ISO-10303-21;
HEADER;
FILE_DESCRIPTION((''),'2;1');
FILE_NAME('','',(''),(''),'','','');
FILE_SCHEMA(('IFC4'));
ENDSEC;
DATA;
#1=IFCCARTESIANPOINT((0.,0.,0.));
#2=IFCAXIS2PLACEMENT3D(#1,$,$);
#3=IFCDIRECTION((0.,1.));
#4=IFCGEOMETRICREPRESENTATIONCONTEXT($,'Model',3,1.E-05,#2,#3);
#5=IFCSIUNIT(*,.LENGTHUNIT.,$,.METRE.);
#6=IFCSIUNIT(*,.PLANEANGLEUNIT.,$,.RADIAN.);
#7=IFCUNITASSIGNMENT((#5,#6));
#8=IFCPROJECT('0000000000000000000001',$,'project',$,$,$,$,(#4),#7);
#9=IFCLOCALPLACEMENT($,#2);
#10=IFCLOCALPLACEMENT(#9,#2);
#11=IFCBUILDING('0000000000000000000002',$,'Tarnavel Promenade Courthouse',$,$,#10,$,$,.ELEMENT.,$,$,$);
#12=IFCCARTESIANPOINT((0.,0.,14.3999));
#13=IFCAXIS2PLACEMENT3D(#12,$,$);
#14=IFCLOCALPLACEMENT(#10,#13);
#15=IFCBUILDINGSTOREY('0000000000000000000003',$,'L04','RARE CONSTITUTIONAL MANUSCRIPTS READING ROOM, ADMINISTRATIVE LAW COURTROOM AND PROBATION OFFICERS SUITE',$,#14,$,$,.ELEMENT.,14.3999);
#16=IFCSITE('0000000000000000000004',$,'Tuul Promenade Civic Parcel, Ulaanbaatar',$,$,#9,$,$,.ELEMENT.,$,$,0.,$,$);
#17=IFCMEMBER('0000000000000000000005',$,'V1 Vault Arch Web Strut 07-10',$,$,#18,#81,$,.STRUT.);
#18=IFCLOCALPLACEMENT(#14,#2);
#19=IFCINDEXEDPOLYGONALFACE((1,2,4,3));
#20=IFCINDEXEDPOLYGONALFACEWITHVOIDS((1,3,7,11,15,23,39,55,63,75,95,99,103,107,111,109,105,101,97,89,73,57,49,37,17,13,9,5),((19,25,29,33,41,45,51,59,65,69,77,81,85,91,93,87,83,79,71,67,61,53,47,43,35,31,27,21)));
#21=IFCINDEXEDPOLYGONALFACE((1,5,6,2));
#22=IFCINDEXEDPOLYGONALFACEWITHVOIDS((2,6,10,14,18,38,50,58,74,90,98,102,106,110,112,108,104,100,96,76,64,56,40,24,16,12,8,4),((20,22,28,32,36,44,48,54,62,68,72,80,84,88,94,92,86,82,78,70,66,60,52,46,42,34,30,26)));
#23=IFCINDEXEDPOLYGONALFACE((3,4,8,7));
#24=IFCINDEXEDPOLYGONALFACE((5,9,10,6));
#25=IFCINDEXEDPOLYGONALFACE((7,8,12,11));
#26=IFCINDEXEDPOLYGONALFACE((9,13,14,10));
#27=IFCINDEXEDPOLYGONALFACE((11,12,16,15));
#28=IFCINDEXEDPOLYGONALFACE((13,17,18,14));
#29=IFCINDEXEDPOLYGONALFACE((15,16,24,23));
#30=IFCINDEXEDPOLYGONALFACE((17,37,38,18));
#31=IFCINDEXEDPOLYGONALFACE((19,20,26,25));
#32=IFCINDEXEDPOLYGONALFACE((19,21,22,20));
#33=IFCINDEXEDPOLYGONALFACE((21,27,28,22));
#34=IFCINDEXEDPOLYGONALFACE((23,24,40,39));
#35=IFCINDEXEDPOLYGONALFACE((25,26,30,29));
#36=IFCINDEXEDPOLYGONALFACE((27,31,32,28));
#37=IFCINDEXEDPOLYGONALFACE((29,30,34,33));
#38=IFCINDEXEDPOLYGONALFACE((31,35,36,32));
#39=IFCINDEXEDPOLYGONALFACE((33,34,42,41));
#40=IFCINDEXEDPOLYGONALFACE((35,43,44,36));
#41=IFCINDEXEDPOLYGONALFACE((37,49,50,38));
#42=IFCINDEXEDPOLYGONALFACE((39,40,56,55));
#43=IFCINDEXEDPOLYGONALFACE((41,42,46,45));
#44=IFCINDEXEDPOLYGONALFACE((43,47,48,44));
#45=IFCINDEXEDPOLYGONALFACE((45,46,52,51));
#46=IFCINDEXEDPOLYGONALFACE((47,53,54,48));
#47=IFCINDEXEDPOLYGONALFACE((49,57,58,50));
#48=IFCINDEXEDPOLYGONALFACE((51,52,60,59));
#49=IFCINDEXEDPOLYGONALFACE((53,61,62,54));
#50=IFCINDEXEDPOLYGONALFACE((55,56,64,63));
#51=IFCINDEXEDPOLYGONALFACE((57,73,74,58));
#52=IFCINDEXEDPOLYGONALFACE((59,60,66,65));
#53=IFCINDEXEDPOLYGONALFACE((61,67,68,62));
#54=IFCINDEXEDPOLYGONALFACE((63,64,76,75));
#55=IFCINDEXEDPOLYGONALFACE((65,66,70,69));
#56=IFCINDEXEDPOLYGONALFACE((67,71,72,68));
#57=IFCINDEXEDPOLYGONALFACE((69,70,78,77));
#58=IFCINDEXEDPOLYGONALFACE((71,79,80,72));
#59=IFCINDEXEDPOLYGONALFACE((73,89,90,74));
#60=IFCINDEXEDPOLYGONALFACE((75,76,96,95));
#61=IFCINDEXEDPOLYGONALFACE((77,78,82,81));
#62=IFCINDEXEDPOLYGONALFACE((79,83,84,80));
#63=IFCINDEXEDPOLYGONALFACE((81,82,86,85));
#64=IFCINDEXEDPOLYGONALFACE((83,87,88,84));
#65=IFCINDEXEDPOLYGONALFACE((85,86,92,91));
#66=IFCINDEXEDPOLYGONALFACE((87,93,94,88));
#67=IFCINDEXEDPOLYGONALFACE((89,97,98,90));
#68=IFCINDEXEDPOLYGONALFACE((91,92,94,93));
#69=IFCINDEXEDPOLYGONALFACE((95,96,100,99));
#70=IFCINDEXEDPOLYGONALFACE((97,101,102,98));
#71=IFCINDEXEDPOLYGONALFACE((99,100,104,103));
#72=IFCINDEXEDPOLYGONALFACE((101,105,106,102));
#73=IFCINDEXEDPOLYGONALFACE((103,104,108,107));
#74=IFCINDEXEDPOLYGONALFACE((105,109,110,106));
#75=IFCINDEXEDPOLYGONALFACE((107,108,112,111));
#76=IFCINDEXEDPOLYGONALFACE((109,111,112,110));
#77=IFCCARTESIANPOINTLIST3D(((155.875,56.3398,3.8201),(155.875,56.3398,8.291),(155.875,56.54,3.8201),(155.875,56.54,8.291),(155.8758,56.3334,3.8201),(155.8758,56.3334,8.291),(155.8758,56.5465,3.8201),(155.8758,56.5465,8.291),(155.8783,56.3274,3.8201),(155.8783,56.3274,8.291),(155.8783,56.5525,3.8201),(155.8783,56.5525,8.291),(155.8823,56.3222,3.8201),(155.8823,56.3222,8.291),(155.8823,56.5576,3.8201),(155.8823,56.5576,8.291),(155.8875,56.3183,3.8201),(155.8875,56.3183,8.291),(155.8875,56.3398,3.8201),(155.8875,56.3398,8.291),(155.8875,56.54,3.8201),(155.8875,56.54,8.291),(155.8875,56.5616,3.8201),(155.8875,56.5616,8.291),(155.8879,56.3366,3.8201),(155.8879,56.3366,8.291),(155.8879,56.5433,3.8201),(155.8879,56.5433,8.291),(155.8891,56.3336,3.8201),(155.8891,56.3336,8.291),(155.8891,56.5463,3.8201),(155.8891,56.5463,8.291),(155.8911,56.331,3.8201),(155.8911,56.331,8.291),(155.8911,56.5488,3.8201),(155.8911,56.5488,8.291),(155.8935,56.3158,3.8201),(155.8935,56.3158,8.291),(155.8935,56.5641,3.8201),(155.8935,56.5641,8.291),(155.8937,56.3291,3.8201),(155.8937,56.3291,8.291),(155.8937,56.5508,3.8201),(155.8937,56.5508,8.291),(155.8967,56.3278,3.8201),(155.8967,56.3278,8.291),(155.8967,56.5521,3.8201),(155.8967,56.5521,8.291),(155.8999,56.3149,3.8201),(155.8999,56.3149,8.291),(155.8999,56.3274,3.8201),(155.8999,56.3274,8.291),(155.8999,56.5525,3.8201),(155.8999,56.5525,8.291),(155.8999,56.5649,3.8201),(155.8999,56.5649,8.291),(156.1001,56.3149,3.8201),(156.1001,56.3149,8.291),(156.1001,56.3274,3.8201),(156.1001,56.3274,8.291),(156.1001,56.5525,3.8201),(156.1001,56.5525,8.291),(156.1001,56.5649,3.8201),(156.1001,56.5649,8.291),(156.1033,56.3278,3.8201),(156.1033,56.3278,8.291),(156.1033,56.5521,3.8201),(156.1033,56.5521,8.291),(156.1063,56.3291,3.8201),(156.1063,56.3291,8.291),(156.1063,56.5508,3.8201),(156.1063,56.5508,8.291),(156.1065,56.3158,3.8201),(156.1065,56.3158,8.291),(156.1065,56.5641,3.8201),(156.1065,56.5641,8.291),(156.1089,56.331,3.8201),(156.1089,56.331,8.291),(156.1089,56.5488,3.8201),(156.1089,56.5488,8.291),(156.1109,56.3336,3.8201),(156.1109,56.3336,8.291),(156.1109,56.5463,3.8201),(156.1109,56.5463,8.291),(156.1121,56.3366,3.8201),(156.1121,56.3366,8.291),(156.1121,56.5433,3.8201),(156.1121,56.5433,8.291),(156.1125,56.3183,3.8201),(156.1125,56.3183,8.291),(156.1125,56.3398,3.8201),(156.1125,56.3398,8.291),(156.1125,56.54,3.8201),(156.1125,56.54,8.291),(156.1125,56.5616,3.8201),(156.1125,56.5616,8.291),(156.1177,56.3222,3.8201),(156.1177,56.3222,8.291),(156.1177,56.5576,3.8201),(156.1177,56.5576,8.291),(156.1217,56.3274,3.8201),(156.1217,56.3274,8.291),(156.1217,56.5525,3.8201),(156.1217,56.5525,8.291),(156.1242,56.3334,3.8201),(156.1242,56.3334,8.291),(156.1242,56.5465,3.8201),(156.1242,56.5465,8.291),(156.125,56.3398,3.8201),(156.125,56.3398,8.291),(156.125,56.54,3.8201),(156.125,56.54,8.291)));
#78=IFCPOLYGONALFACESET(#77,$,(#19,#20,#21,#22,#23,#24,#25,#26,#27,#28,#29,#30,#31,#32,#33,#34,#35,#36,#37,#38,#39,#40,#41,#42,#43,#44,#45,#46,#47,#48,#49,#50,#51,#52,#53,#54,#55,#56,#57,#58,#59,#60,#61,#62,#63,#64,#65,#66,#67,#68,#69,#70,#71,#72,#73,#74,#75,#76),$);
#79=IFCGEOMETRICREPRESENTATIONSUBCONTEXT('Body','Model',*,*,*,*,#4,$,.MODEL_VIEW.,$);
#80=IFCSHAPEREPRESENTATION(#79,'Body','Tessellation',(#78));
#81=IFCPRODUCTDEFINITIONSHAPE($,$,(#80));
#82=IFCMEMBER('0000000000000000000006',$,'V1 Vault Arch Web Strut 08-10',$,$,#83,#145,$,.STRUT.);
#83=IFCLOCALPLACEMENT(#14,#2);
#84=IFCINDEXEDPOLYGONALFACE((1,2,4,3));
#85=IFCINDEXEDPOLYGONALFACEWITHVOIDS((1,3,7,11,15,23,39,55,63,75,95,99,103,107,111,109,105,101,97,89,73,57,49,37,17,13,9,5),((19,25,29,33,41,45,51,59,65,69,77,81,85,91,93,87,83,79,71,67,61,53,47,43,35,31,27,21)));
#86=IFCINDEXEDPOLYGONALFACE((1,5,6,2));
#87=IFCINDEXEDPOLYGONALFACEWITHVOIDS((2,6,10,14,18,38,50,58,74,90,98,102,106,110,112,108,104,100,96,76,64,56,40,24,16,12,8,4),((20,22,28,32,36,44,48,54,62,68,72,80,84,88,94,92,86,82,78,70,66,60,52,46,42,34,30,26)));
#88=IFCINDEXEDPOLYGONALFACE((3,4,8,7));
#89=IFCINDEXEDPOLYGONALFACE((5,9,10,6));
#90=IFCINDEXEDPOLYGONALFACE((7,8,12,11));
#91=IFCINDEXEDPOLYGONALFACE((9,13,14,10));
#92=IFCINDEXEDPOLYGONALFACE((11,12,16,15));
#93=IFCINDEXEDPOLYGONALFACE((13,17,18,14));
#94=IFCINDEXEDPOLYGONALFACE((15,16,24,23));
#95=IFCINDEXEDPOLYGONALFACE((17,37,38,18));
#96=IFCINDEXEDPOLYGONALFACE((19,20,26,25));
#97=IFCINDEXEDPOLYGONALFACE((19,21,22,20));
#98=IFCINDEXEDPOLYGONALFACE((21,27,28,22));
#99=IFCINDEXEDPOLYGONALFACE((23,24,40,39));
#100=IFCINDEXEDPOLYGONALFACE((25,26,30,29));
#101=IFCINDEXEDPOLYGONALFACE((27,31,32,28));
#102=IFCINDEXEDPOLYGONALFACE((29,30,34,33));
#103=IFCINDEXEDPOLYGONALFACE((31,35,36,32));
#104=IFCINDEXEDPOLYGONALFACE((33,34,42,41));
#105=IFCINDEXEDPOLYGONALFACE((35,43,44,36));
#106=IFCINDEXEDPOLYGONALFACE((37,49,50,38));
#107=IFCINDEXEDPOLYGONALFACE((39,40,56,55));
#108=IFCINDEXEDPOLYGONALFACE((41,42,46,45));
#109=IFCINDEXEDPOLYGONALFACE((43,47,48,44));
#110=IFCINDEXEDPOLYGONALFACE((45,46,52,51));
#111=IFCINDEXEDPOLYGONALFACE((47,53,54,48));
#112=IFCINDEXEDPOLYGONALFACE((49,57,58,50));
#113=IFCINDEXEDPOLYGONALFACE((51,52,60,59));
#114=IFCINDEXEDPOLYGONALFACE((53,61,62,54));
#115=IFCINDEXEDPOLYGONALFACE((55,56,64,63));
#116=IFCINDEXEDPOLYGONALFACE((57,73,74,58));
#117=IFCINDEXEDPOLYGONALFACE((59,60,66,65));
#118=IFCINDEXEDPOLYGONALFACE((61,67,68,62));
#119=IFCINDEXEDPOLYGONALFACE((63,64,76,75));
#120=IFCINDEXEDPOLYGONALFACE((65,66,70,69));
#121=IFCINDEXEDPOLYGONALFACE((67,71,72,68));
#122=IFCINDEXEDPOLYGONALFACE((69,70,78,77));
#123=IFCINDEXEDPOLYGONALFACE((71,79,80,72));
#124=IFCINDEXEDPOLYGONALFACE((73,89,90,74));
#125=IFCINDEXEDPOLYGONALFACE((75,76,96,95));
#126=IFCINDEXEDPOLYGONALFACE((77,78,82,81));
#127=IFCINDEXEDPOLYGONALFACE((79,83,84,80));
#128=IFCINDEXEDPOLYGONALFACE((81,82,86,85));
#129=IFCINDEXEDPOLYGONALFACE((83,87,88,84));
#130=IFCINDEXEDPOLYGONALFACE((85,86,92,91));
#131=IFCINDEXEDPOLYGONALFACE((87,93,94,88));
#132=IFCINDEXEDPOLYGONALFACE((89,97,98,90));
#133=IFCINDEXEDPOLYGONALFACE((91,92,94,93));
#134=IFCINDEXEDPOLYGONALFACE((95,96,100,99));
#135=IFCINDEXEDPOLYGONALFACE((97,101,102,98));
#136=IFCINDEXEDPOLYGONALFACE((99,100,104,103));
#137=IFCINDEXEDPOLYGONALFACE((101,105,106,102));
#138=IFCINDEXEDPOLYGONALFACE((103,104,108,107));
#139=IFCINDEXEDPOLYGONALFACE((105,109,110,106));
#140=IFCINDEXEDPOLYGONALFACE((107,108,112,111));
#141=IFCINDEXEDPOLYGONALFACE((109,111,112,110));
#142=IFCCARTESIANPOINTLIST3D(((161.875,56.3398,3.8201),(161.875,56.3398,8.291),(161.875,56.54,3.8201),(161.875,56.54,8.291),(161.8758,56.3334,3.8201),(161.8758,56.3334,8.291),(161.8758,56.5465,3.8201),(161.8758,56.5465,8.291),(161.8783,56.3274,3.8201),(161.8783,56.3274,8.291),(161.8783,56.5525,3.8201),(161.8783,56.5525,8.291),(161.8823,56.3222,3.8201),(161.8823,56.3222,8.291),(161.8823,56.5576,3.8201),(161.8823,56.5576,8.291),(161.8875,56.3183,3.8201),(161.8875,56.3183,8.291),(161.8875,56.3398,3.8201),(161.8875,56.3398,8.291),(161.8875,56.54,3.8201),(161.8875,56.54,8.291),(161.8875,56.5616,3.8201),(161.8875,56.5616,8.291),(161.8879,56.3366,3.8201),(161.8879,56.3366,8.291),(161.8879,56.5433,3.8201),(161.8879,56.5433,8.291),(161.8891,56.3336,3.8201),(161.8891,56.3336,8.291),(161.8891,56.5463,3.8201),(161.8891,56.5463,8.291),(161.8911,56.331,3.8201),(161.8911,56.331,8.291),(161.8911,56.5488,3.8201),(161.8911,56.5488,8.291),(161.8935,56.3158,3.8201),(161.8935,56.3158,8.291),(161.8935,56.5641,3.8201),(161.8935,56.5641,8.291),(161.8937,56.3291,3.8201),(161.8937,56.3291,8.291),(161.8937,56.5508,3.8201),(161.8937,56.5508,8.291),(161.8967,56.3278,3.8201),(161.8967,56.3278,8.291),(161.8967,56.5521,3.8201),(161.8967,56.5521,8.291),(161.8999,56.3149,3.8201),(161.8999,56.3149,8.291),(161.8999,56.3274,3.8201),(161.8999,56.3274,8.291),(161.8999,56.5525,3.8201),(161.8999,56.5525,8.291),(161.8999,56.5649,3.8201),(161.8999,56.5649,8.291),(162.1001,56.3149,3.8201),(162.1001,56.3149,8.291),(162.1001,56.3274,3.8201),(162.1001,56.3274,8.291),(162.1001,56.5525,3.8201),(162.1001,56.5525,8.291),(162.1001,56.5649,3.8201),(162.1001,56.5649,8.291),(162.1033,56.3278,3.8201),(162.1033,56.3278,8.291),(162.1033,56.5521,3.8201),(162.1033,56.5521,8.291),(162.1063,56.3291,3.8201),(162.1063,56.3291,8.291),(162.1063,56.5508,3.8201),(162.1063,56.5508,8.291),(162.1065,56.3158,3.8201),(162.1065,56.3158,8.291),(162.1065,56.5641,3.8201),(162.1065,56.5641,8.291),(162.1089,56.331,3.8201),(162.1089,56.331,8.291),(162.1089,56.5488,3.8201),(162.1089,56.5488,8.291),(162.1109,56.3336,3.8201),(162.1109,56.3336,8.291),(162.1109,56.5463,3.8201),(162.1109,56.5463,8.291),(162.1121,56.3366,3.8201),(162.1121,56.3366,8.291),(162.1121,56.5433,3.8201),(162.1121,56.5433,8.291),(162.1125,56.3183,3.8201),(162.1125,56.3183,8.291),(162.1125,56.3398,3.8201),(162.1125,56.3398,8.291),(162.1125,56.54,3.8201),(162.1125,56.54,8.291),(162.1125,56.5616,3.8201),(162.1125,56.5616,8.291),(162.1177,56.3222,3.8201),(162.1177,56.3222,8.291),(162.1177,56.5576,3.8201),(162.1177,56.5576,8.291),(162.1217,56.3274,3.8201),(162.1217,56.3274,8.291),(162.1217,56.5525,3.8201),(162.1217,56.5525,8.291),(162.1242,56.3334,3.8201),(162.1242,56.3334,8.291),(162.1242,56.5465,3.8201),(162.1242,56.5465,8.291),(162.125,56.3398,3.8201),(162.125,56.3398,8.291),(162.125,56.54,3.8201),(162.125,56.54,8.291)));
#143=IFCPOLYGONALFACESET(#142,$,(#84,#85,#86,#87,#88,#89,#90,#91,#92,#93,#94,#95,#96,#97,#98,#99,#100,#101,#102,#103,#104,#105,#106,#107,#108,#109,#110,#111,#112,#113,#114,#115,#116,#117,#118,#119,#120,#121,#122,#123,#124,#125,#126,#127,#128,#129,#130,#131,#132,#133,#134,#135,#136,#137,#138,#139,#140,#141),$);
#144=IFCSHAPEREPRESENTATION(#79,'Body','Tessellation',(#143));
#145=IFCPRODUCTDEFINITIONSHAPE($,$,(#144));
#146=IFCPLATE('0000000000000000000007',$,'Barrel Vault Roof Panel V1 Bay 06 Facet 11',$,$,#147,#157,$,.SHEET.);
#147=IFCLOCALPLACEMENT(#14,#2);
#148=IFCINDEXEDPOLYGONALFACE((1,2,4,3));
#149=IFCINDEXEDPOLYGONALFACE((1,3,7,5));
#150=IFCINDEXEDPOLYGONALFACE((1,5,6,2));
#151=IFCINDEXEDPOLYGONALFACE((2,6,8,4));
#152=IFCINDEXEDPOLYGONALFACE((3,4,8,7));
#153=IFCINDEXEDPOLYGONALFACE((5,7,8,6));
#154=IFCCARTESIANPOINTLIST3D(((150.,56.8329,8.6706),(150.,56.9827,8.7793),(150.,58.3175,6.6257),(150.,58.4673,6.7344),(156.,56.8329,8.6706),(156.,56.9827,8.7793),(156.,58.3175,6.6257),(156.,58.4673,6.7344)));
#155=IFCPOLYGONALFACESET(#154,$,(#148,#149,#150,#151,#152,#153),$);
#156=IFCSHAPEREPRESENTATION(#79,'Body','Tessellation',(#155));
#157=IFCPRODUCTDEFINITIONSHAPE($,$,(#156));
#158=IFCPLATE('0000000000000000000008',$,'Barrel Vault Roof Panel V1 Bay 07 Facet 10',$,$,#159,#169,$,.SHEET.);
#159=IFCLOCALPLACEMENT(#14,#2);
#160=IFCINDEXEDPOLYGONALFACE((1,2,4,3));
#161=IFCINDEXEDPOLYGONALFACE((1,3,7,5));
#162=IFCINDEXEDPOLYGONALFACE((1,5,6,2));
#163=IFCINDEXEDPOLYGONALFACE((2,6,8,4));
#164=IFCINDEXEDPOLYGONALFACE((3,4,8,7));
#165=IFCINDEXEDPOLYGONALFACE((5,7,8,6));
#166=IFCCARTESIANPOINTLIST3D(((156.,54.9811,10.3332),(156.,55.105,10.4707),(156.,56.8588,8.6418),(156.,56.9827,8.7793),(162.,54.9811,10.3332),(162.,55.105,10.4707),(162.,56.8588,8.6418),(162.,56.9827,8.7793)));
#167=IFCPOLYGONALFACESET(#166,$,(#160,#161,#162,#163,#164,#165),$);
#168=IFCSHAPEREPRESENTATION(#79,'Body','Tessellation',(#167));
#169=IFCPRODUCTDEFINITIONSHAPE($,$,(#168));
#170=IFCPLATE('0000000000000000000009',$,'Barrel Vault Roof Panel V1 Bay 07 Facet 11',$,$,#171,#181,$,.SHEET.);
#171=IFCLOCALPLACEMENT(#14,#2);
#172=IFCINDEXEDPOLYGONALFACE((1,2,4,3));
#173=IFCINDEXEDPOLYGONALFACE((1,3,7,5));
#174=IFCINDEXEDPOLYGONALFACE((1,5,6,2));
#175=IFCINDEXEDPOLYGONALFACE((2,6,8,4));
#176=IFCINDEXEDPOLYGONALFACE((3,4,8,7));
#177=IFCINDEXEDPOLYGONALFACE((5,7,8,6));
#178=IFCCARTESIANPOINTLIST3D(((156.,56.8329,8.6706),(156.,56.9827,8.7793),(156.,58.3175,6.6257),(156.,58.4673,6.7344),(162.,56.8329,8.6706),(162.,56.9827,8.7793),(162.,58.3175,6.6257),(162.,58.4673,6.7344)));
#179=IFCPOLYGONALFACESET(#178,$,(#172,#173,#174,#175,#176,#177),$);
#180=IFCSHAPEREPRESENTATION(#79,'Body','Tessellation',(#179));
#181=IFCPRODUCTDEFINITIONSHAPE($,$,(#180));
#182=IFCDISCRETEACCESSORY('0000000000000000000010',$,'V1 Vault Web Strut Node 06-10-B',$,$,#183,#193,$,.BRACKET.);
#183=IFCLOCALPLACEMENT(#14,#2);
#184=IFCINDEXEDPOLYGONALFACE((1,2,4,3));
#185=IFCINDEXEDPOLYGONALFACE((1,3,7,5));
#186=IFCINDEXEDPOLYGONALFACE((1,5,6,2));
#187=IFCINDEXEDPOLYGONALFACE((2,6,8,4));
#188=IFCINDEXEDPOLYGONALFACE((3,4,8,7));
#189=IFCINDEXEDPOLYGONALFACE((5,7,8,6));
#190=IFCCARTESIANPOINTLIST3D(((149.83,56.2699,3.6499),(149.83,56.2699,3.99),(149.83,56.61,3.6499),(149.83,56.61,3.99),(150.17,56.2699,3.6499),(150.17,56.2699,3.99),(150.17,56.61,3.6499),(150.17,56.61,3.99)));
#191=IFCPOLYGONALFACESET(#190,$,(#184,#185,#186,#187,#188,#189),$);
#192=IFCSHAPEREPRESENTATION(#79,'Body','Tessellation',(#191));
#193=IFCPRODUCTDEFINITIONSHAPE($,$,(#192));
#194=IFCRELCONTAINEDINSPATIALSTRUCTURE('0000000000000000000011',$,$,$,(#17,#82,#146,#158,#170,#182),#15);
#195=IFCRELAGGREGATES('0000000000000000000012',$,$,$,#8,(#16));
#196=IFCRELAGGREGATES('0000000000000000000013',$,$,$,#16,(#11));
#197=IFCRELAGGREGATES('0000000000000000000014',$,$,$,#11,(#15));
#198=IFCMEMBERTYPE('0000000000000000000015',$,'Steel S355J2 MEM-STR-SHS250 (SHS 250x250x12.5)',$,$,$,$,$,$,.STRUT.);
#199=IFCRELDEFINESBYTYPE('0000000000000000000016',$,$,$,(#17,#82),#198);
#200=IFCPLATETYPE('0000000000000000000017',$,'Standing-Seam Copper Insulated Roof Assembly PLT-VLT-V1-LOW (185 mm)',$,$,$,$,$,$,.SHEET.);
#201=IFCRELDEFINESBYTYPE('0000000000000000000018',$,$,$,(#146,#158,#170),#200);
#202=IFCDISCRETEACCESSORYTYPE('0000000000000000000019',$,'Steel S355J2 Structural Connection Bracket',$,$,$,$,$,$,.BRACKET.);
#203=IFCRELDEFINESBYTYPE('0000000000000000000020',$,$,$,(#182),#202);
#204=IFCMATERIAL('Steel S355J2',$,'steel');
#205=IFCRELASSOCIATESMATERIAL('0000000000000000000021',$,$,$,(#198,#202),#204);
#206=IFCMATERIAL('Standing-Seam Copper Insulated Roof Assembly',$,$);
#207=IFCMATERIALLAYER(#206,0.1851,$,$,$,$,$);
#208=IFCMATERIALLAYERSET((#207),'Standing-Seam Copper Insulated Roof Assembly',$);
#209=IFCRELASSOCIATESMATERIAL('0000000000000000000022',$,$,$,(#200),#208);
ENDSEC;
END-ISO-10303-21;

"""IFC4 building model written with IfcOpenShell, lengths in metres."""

from ifc_helpers import new_model, si_unit, direction, frame, origin, origin_2d, place, context, subcontext, project, spatial, polyline, rectangle, hollow_rectangle, outline, extrude, material, layer, layer_set, material_profile, profile_set, type_object, element, save


model = new_model("IFC4")

# Units and contexts
model_context = context("Model", 3, precision=1e-05, world=origin(), true_north=direction((0.0, 1.0)))
body_context = subcontext(model_context, "Body", "Model", "MODEL_VIEW")
ifc_project = project(units=[si_unit("LENGTHUNIT", "METRE"), si_unit("PLANEANGLEUNIT", "RADIAN")], contexts=[model_context])

# Site, building, storey
site_placement = place(None, origin())
site = spatial("IfcSite", under=ifc_project, at=site_placement, Name="Tuul Promenade Civic Parcel, Ulaanbaatar", CompositionType="ELEMENT", RefElevation=0.0)
building_placement = place(site_placement, origin())
building = spatial("IfcBuilding", under=site, at=building_placement, Name="Tarnavel Promenade Courthouse", CompositionType="ELEMENT")
storey_placement = place(building_placement, frame((0.0, 0.0, 14.3999)))
storey = spatial("IfcBuildingStorey", under=building, at=storey_placement, Name="L04", Description="RARE CONSTITUTIONAL MANUSCRIPTS READING ROOM, ADMINISTRATIVE LAW COURTROOM AND PROBATION OFFICERS SUITE", CompositionType="ELEMENT", Elevation=14.3999)

# Shared definitions
ifc_material_1 = material(Name="Steel S355J2", Category="steel")

# Members
ifc_material_profile_1 = material_profile(ifc_material_1, hollow_rectangle(XDim=0.25, YDim=0.25, WallThickness=0.0125, InnerFilletRadius=0.0125, OuterFilletRadius=0.0249, at=origin_2d()), Name="SHS 250x250x12.5")
ifc_profile_set_1 = profile_set([ifc_material_profile_1], Name="Steel S355J2")
member_type_1 = type_object("IfcMemberType", Name="Steel S355J2 MEM-STR-SHS250 (SHS 250x250x12.5)", PredefinedType="STRUT", material=ifc_profile_set_1)
for number, where, z_axis, x_axis, name in (
    (1, (156.0, 56.4399, 3.8201), (0.0, 0.0, 1.0), (1.0, 0.0, 0.0), "V1 Vault Arch Web Strut 07-10"),
    (2, (162.0, 56.4399, 3.8201), (0.0, 0.0, 1.0), (1.0, 0.0, 0.0), "V1 Vault Arch Web Strut 08-10"),
):
    element("IfcMember", number, at=place(storey_placement, frame(where, z_axis=z_axis, x_axis=x_axis)), inside=storey, type_object=member_type_1, Name=name, PredefinedType="STRUT", context=body_context, shape_type="SweptSolid", body=[
        extrude(hollow_rectangle(XDim=0.25, YDim=0.25, WallThickness=0.0125, InnerFilletRadius=0.0125, OuterFilletRadius=0.0249, at=origin_2d()), origin(), (0.0, 0.0, 1.0), 4.4709),
    ])

# Plates
ifc_material_2 = material(Name="Standing-Seam Copper Insulated Roof Assembly")
ifc_layer = layer(ifc_material_2, 0.1851)
ifc_layer_set = layer_set([ifc_layer], Name="Standing-Seam Copper Insulated Roof Assembly")
plate_type = type_object("IfcPlateType", Name="Standing-Seam Copper Insulated Roof Assembly PLT-VLT-V1-LOW (185 mm)", PredefinedType="SHEET", material=ifc_layer_set)
plate_1_placement = place(storey_placement, frame((150.0, 56.9827, 8.7793), z_axis=(0.0, 0.809225, 0.587499), x_axis=(1.0, 0.0, 0.0)))
element("IfcPlate", 3, at=plate_1_placement, inside=storey, type_object=plate_type, Name="Barrel Vault Roof Panel V1 Bay 06 Facet 11", PredefinedType="SHEET", context=body_context, shape_type="SweptSolid", body=[
    extrude(outline(polyline([(0.0, 0.0), (6.0, 0.0), (6.0, 2.527), (0.0, 2.527), (0.0, 0.0)])), origin(), (0.0, 0.0, -1.0), 0.1851),
])
plate_2_placement = place(storey_placement, frame((156.0, 55.105, 10.4707), z_axis=(0.0, 0.66929, 0.743001), x_axis=(1.0, 0.0, 0.0)))
element("IfcPlate", 4, at=plate_2_placement, inside=storey, type_object=plate_type, Name="Barrel Vault Roof Panel V1 Bay 07 Facet 10", PredefinedType="SHEET", context=body_context, shape_type="SweptSolid", body=[
    extrude(outline(polyline([(0.0, 0.0), (6.0, 0.0), (6.0, 2.5272), (0.0, 2.5272), (0.0, 0.0)])), origin(), (0.0, 0.0, -1.0), 0.1851),
])
plate_3_placement = place(storey_placement, frame((156.0, 56.9827, 8.7793), z_axis=(0.0, 0.809225, 0.587499), x_axis=(1.0, 0.0, 0.0)))
element("IfcPlate", 5, at=plate_3_placement, inside=storey, type_object=plate_type, Name="Barrel Vault Roof Panel V1 Bay 07 Facet 11", PredefinedType="SHEET", context=body_context, shape_type="SweptSolid", body=[
    extrude(outline(polyline([(0.0, 0.0), (6.0, 0.0), (6.0, 2.527), (0.0, 2.527), (0.0, 0.0)])), origin(), (0.0, 0.0, -1.0), 0.1851),
])

# Discrete accessory
discrete_accessory_type = type_object("IfcDiscreteAccessoryType", Name="Steel S355J2 Structural Connection Bracket", PredefinedType="BRACKET", material=ifc_material_1)
for number, where, z_axis, x_axis, name in (
    (6, (150.0, 56.4399, 3.6499), (0.0, 0.0, 1.0), (1.0, 0.0, 0.0), "V1 Vault Web Strut Node 06-10-B"),
):
    element("IfcDiscreteAccessory", number, at=place(storey_placement, frame(where, z_axis=z_axis, x_axis=x_axis)), inside=storey, type_object=discrete_accessory_type, Name=name, PredefinedType="BRACKET", context=body_context, shape_type="SweptSolid", body=[
        extrude(rectangle(XDim=0.3401, YDim=0.3401, at=origin_2d()), origin(), (0.0, 0.0, 1.0), 0.3401),
    ])

save(model, "model.ifc")
